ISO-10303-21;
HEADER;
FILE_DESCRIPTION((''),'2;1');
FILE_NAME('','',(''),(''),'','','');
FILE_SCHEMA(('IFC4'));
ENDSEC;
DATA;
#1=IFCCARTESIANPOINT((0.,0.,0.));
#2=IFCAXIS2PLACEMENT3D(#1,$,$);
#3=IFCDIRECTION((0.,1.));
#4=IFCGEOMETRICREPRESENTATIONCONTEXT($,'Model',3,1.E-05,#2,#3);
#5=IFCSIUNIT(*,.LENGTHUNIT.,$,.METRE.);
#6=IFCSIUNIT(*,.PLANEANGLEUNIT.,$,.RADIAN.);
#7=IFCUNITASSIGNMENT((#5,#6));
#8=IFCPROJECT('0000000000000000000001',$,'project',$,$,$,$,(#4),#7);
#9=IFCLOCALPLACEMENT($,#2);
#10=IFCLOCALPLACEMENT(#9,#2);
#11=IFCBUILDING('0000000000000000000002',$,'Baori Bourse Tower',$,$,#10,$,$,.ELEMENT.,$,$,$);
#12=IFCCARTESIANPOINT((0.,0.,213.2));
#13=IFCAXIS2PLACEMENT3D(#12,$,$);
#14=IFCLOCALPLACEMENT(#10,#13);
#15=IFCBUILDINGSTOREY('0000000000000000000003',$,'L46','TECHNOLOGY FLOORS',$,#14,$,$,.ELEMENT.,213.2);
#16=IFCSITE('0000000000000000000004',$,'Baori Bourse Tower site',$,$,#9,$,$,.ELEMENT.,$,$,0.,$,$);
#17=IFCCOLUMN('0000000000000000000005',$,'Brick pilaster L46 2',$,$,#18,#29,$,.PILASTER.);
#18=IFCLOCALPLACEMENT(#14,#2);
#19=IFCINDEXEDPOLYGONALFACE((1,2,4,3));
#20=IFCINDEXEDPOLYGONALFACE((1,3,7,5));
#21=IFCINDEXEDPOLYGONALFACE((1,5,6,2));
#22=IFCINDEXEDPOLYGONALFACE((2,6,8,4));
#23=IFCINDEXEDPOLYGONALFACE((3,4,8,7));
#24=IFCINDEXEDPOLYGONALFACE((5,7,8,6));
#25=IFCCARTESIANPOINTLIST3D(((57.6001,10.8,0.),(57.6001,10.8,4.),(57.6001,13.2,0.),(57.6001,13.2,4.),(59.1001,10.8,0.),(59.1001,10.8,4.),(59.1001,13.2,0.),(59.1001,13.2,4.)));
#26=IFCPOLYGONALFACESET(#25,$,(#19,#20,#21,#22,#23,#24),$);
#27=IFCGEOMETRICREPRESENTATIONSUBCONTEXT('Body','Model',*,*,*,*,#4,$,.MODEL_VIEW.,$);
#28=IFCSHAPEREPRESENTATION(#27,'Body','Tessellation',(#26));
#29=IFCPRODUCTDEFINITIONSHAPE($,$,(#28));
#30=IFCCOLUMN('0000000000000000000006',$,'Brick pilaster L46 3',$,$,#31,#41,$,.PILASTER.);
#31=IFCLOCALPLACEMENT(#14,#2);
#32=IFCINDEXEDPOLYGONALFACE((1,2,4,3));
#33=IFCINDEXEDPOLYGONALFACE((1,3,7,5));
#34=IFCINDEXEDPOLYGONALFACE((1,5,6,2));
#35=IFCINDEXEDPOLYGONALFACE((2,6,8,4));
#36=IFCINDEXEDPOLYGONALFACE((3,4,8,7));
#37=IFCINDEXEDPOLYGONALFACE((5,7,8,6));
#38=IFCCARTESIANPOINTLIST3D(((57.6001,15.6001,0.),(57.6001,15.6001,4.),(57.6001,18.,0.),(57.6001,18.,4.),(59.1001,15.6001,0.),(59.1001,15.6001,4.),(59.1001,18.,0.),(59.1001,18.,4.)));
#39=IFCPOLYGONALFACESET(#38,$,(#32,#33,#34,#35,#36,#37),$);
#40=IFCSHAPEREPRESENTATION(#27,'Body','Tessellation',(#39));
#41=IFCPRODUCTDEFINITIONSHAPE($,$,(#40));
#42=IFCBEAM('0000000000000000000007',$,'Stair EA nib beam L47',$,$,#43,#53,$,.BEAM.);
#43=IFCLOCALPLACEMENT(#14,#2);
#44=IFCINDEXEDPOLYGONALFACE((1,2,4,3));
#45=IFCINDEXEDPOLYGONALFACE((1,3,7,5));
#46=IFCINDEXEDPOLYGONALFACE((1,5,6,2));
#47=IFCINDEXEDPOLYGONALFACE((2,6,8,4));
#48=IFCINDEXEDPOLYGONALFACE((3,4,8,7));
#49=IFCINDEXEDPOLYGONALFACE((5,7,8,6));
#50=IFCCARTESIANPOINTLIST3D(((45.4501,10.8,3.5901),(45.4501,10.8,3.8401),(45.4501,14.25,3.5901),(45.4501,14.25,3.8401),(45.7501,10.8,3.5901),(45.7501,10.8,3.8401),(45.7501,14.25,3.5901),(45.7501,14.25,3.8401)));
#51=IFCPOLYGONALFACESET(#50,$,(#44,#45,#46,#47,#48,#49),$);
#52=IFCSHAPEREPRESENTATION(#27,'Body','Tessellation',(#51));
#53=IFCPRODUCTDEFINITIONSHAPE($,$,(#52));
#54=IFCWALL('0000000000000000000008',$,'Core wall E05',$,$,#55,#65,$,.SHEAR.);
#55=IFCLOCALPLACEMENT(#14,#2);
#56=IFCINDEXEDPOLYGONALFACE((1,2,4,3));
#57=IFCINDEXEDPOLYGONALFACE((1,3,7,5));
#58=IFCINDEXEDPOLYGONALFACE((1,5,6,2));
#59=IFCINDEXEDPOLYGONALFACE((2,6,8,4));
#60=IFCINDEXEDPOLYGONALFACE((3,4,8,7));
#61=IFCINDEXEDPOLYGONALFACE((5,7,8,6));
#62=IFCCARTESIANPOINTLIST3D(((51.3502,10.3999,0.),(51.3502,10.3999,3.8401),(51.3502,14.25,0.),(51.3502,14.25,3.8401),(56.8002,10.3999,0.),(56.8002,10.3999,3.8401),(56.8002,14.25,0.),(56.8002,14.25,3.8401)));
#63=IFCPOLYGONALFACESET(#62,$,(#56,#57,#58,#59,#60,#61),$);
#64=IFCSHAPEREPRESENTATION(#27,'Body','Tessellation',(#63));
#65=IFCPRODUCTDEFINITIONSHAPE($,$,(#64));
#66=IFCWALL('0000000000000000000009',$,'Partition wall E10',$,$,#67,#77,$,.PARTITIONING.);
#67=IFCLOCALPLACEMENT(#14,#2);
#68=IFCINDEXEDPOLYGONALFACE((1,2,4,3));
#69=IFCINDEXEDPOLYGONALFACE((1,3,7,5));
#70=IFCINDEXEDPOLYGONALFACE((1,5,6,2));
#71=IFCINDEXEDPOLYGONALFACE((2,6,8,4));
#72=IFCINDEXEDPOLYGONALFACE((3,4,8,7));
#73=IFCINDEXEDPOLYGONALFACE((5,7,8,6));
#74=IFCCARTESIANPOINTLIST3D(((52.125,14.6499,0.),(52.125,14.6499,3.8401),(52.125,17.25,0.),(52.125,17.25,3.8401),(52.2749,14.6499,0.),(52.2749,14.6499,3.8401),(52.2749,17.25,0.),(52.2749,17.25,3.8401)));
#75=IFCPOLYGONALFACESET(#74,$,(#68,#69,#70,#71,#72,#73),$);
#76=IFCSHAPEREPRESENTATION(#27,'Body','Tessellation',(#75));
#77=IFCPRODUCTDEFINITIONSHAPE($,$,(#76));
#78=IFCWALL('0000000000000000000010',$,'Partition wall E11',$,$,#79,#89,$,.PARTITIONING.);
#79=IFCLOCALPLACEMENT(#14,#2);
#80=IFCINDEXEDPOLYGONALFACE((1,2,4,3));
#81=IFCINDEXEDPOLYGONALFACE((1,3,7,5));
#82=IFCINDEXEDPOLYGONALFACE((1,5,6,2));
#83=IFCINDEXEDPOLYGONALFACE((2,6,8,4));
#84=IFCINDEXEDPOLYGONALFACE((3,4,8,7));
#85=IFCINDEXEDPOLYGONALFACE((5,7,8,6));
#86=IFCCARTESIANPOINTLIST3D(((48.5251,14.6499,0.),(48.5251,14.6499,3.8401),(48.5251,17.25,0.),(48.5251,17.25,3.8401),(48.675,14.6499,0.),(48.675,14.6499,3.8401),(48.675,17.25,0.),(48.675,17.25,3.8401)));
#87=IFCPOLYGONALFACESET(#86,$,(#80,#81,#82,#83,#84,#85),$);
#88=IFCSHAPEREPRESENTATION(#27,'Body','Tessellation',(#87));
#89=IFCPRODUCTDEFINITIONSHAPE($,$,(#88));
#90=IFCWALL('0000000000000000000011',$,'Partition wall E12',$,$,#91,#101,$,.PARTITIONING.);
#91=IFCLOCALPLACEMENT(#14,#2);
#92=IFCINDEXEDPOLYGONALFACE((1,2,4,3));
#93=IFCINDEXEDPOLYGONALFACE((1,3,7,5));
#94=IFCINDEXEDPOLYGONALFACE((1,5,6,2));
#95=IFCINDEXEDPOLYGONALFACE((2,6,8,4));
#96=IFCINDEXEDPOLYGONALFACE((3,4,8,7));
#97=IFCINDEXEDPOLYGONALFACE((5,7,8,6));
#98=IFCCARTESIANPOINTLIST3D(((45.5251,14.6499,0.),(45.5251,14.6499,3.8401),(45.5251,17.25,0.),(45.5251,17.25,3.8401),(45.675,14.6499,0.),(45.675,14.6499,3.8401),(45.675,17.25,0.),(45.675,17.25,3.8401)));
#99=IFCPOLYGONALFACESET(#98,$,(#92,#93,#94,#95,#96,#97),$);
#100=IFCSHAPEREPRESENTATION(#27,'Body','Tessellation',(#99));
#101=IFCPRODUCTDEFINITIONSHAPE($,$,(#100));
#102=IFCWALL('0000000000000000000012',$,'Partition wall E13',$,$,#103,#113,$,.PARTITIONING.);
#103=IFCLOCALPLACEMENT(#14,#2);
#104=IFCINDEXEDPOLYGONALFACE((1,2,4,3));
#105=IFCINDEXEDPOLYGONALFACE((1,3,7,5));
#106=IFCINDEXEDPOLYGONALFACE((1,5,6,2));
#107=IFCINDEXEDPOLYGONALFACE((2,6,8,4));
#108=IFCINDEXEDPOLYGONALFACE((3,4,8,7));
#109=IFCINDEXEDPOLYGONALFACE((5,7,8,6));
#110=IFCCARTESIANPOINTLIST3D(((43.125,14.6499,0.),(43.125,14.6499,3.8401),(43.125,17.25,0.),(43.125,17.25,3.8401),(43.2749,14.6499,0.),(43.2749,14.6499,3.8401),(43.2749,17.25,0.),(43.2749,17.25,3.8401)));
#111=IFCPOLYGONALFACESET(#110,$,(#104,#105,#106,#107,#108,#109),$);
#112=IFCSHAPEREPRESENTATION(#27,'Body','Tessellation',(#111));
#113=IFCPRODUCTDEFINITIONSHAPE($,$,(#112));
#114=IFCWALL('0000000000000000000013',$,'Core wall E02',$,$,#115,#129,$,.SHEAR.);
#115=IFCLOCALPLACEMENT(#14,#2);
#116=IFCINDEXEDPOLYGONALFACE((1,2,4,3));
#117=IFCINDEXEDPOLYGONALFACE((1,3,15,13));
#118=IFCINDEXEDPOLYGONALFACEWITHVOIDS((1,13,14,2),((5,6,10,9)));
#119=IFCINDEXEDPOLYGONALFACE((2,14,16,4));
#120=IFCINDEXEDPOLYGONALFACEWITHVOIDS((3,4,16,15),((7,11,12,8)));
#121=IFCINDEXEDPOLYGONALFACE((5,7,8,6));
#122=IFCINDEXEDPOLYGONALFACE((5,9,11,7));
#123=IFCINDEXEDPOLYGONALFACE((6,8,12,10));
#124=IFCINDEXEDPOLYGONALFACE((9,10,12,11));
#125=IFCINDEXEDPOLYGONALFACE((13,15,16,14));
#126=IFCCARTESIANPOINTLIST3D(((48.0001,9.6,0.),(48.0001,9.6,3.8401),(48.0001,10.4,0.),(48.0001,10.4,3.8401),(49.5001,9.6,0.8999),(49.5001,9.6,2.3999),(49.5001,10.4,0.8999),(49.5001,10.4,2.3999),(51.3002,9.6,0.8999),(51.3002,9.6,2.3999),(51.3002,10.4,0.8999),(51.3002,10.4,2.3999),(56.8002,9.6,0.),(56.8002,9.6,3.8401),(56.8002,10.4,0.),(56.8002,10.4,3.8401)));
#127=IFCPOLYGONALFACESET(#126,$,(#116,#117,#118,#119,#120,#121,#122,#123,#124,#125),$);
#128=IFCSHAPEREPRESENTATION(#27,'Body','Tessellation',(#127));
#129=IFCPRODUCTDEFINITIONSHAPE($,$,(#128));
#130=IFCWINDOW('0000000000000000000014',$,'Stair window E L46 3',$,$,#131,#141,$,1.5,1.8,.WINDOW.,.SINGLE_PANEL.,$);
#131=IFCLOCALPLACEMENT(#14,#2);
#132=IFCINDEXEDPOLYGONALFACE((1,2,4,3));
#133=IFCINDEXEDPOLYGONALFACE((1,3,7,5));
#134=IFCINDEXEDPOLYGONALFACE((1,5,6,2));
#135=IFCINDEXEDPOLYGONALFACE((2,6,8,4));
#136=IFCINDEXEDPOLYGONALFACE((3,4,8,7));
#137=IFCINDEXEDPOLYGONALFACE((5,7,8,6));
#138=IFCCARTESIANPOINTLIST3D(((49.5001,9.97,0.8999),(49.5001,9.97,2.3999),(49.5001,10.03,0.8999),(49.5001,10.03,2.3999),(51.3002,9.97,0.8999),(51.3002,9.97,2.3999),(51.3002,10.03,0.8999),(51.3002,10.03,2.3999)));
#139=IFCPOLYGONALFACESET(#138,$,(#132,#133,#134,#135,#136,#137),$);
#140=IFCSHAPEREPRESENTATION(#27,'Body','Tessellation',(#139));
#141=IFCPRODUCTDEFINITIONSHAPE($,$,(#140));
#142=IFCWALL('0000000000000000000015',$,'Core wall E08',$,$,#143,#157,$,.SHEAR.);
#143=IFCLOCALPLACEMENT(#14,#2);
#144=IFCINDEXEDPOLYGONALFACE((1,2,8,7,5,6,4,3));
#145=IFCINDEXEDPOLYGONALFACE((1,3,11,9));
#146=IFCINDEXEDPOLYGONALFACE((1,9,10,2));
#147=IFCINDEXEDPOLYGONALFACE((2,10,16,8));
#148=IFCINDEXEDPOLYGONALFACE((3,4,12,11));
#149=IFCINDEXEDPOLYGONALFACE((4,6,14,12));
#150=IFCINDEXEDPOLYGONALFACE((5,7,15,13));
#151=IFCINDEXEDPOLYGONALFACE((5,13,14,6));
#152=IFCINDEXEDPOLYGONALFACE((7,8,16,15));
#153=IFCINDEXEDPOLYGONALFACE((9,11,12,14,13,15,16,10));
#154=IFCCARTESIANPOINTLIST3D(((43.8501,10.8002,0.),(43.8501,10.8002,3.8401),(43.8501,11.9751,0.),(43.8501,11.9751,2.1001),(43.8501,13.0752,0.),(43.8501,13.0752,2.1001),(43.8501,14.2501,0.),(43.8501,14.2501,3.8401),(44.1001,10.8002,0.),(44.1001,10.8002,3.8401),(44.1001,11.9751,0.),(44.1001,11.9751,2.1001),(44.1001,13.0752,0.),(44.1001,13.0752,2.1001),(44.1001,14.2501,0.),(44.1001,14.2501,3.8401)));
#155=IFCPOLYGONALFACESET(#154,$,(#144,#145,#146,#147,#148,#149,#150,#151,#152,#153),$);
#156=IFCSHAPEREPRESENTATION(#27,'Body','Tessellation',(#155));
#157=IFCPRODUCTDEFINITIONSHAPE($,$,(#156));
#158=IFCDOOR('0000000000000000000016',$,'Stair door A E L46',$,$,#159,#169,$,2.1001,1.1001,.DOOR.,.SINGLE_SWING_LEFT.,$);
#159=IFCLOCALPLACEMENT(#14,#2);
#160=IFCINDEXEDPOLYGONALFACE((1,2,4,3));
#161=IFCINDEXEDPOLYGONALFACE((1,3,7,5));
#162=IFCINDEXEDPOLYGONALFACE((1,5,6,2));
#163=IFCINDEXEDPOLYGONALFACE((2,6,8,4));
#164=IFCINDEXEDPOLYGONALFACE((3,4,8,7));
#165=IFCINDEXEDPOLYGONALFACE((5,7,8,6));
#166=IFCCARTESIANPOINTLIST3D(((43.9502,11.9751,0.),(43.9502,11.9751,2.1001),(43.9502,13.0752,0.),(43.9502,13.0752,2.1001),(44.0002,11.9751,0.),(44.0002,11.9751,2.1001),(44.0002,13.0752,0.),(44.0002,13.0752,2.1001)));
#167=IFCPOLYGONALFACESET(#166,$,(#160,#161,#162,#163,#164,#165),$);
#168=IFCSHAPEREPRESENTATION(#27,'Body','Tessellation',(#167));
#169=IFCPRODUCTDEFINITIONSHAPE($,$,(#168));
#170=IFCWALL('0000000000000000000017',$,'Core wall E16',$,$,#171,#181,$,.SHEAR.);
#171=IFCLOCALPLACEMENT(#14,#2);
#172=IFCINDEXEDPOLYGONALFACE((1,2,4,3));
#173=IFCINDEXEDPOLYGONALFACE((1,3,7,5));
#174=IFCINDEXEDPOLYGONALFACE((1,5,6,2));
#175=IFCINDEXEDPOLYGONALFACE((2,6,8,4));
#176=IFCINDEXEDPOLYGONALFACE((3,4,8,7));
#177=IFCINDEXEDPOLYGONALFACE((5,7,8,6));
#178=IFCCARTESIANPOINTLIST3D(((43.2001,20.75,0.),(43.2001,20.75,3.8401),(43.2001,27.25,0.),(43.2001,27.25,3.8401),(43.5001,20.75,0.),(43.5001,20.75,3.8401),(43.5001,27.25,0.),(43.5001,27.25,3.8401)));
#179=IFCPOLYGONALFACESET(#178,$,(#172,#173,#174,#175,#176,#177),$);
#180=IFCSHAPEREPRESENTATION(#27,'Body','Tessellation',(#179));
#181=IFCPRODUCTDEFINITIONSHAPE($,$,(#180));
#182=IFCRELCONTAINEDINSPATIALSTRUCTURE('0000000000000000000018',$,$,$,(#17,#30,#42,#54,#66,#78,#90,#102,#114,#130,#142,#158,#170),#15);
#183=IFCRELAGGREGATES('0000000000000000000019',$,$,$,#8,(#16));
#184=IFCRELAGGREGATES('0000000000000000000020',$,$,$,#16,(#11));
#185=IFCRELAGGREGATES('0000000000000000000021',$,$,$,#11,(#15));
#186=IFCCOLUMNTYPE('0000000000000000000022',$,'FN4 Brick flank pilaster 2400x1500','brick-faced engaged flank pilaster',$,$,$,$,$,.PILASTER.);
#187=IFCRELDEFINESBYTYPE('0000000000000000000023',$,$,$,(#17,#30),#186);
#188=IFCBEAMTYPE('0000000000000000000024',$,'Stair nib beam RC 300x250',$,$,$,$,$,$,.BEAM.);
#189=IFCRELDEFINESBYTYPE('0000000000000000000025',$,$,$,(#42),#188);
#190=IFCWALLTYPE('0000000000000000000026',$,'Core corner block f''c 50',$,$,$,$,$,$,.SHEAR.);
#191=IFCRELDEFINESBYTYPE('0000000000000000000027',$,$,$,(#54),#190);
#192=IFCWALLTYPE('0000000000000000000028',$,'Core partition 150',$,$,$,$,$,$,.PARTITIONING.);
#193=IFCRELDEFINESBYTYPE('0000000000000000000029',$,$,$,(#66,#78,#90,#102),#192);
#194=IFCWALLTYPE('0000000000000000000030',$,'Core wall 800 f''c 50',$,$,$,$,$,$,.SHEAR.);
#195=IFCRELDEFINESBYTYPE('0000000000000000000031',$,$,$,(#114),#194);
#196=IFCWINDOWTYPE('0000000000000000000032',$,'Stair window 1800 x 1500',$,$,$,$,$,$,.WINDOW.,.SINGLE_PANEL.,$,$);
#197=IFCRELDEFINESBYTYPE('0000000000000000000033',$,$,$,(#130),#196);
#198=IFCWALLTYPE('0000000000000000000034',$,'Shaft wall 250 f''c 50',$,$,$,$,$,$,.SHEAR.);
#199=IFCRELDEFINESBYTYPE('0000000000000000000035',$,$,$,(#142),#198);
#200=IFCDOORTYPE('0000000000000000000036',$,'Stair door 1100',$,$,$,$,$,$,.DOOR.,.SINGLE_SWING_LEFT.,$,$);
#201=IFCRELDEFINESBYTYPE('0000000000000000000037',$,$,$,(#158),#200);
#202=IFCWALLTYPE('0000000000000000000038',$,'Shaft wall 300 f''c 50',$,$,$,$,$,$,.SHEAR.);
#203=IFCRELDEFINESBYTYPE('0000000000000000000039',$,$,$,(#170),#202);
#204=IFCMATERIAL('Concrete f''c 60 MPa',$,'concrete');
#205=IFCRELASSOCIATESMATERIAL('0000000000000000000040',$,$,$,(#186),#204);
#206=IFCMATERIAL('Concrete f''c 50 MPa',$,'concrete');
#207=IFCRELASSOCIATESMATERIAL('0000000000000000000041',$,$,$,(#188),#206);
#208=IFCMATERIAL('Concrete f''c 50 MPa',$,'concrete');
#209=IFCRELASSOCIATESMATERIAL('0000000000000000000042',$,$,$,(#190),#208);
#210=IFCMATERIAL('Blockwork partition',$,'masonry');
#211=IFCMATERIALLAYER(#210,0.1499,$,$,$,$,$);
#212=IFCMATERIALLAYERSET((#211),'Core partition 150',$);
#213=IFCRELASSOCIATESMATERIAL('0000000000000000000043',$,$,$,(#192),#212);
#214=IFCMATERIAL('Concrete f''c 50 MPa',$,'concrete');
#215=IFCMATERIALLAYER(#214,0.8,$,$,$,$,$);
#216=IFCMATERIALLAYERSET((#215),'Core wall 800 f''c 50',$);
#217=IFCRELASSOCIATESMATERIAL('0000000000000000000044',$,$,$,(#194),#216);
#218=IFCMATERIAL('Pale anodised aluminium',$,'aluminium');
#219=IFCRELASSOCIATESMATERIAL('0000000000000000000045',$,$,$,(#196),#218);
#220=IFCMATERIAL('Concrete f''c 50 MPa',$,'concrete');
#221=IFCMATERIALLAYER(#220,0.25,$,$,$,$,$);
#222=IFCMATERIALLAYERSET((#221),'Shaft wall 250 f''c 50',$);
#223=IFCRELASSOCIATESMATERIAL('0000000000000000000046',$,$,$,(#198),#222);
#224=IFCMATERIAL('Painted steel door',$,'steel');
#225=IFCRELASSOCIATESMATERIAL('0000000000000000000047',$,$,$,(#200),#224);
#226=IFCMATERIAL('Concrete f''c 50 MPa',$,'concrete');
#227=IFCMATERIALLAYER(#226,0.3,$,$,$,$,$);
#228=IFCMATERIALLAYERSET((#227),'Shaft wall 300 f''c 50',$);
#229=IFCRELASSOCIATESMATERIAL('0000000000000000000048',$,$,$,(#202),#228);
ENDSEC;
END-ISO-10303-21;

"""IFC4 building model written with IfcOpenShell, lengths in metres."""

from ifc_helpers import new_model, si_unit, direction, frame, frame_2d, origin, origin_2d, place, context, subcontext, project, spatial, rectangle, extrude, material, layer, layer_set, material_profile, profile_set, type_object, element, fill, save


model = new_model("IFC4")

# Units and contexts
model_context = context("Model", 3, precision=1e-05, world=origin(), true_north=direction((0.0, 1.0)))
body_context = subcontext(model_context, "Body", "Model", "MODEL_VIEW")
ifc_project = project(units=[si_unit("LENGTHUNIT", "METRE"), si_unit("PLANEANGLEUNIT", "RADIAN")], contexts=[model_context])

# Site, building, storey
site_placement = place(None, origin())
site = spatial("IfcSite", under=ifc_project, at=site_placement, Name="Baori Bourse Tower site", CompositionType="ELEMENT", RefElevation=0.0)
building_placement = place(site_placement, origin())
building = spatial("IfcBuilding", under=site, at=building_placement, Name="Baori Bourse Tower", CompositionType="ELEMENT")
storey_placement = place(building_placement, frame((0.0, 0.0, 213.2)))
storey = spatial("IfcBuildingStorey", under=building, at=storey_placement, Name="L46", Description="TECHNOLOGY FLOORS", CompositionType="ELEMENT", Elevation=213.2)

# Columns
ifc_material_1 = material(Name="Concrete f'c 60 MPa", Category="concrete")
ifc_material_profile_1 = material_profile(ifc_material_1, rectangle(XDim=2.3999, YDim=1.5, at=origin_2d()), Name="RC 2400x1500")
ifc_profile_set_1 = profile_set([ifc_material_profile_1], Name="Concrete f'c 60 MPa")
column_type = type_object("IfcColumnType", Name="FN4 Brick flank pilaster 2400x1500", Description="brick-faced engaged flank pilaster", PredefinedType="PILASTER", material=ifc_profile_set_1)
for number, where, z_axis, x_axis, name in (
    (1, (58.3501, 12.0, 0.0), (0.0, 0.0, 1.0), (0.0, 1.0, 0.0), "Brick pilaster L46 2"),
    (2, (58.3501, 16.8, 0.0), (0.0, 0.0, 1.0), (0.0, 1.0, 0.0), "Brick pilaster L46 3"),
):
    element("IfcColumn", number, at=place(storey_placement, frame(where, z_axis=z_axis, x_axis=x_axis)), inside=storey, type_object=column_type, Name=name, PredefinedType="PILASTER", context=body_context, shape_type="SweptSolid", body=[
        extrude(rectangle(XDim=2.3999, YDim=1.5, at=origin_2d()), origin(), (0.0, 0.0, 1.0), 4.0),
    ])

# Beam
ifc_material_2 = material(Name="Concrete f'c 50 MPa", Category="concrete")
ifc_material_profile_2 = material_profile(ifc_material_2, rectangle(XDim=0.3, YDim=0.25, at=origin_2d()), Name="RC 300x250")
ifc_profile_set_2 = profile_set([ifc_material_profile_2], Name="Concrete f'c 50 MPa")
beam_type = type_object("IfcBeamType", Name="Stair nib beam RC 300x250", PredefinedType="BEAM", material=ifc_profile_set_2)
beam_placement = place(storey_placement, frame((45.6001, 10.8, 3.7151), z_axis=(0.0, 1.0, 0.0), x_axis=(-1.0, 0.0, 0.0)))
element("IfcBeam", 3, at=beam_placement, inside=storey, type_object=beam_type, Name="Stair EA nib beam L47", PredefinedType="BEAM", context=body_context, shape_type="SweptSolid", body=[
    extrude(rectangle(XDim=0.3, YDim=0.25, at=origin_2d()), origin(), (0.0, 0.0, 1.0), 3.45),
])

# Walls
ifc_material_3 = material(Name="Concrete f'c 50 MPa", Category="concrete")
wall_type_1 = type_object("IfcWallType", Name="Core corner block f'c 50", PredefinedType="SHEAR", material=ifc_material_3)
wall_1_placement = place(storey_placement, frame((51.3501, 12.325, 0.0), z_axis=(0.0, 0.0, 1.0), x_axis=(1.0, 0.0, 0.0)))
element("IfcWall", 4, at=wall_1_placement, inside=storey, type_object=wall_type_1, Name="Core wall E05", PredefinedType="SHEAR", context=body_context, shape_type="SweptSolid", body=[
    extrude(rectangle(XDim=5.45, YDim=3.8501, at=frame_2d((2.7251, 0.0))), origin(), (0.0, 0.0, 1.0), 3.8401),
])
ifc_material_4 = material(Name="Blockwork partition", Category="masonry")
ifc_layer_1 = layer(ifc_material_4, 0.1499)
ifc_layer_set_1 = layer_set([ifc_layer_1], Name="Core partition 150")
wall_type_2 = type_object("IfcWallType", Name="Core partition 150", PredefinedType="PARTITIONING", material=ifc_layer_set_1)
for number, where, z_axis, x_axis, name in (
    (5, (52.2, 14.6499, 0.0), (0.0, 0.0, 1.0), (0.0, 1.0, 0.0), "Partition wall E10"),
    (6, (48.6001, 14.6499, 0.0), (0.0, 0.0, 1.0), (0.0, 1.0, 0.0), "Partition wall E11"),
    (7, (45.6001, 14.6499, 0.0), (0.0, 0.0, 1.0), (0.0, 1.0, 0.0), "Partition wall E12"),
    (8, (43.2, 14.6499, 0.0), (0.0, 0.0, 1.0), (0.0, 1.0, 0.0), "Partition wall E13"),
):
    element("IfcWall", number, at=place(storey_placement, frame(where, z_axis=z_axis, x_axis=x_axis)), inside=storey, type_object=wall_type_2, Name=name, PredefinedType="PARTITIONING", context=body_context, shape_type="SweptSolid", body=[
        extrude(rectangle(XDim=2.6001, YDim=0.1499, at=frame_2d((1.3, 0.0))), origin(), (0.0, 0.0, 1.0), 3.8401),
    ])

# Wall, opening, window
ifc_material_5 = material(Name="Concrete f'c 50 MPa", Category="concrete")
ifc_layer_2 = layer(ifc_material_5, 0.8)
ifc_layer_set_2 = layer_set([ifc_layer_2], Name="Core wall 800 f'c 50")
wall_type_3 = type_object("IfcWallType", Name="Core wall 800 f'c 50", PredefinedType="SHEAR", material=ifc_layer_set_2)
wall_2_placement = place(storey_placement, frame((56.8, 10.0, 0.0), z_axis=(0.0, 0.0, 1.0), x_axis=(-1.0, 0.0, 0.0)))
wall_2 = element("IfcWall", 9, at=wall_2_placement, inside=storey, type_object=wall_type_3, Name="Core wall E02", PredefinedType="SHEAR", context=body_context, shape_type="SweptSolid", body=[
    extrude(rectangle(XDim=8.8, YDim=0.8, at=frame_2d((4.3999, 0.0))), origin(), (0.0, 0.0, 1.0), 3.8401),
])
opening_1_placement = place(wall_2_placement, frame((5.5, 0.0, 0.8999)))
opening_1 = element("IfcOpeningElement", 10, at=opening_1_placement, cuts=wall_2, PredefinedType="OPENING", context=body_context, shape_type="SweptSolid", body=[
    extrude(rectangle(XDim=1.8, YDim=1.5, at=frame_2d((0.8999, 0.75))), frame((0.0, 0.4099, 0.0), z_axis=(0.0, -1.0, 0.0), x_axis=(1.0, 0.0, 0.0)), (0.0, 0.0, 1.0), 0.8201),
])
ifc_material_6 = material(Name="Pale anodised aluminium", Category="aluminium")
window_type = type_object("IfcWindowType", Name="Stair window 1800 x 1500", PartitioningType="SINGLE_PANEL", PredefinedType="WINDOW", material=ifc_material_6)
window_placement = place(opening_1_placement, origin())
window = element("IfcWindow", 11, at=window_placement, inside=storey, type_object=window_type, Name="Stair window E L46 3", OverallHeight=1.5, OverallWidth=1.8, PartitioningType="SINGLE_PANEL", PredefinedType="WINDOW", context=body_context, shape_type="SweptSolid", body=[
    extrude(rectangle(XDim=1.8, YDim=1.5, at=frame_2d((0.8999, 0.75))), frame((0.0, 0.03, 0.0), z_axis=(0.0, -1.0, 0.0), x_axis=(1.0, 0.0, 0.0)), (0.0, 0.0, 1.0), 0.0601),
])
fill(opening_1, window)

# Wall, opening, door
ifc_material_7 = material(Name="Concrete f'c 50 MPa", Category="concrete")
ifc_layer_3 = layer(ifc_material_7, 0.25)
ifc_layer_set_3 = layer_set([ifc_layer_3], Name="Shaft wall 250 f'c 50")
wall_type_4 = type_object("IfcWallType", Name="Shaft wall 250 f'c 50", PredefinedType="SHEAR", material=ifc_layer_set_3)
wall_3_placement = place(storey_placement, frame((43.9751, 10.8, 0.0), z_axis=(0.0, 0.0, 1.0), x_axis=(0.0, 1.0, 0.0)))
wall_3 = element("IfcWall", 12, at=wall_3_placement, inside=storey, type_object=wall_type_4, Name="Core wall E08", PredefinedType="SHEAR", context=body_context, shape_type="SweptSolid", body=[
    extrude(rectangle(XDim=3.45, YDim=0.25, at=frame_2d((1.7251, 0.0))), origin(), (0.0, 0.0, 1.0), 3.8401),
])
opening_2_placement = place(wall_3_placement, frame((1.175, 0.0, 0.0)))
opening_2 = element("IfcOpeningElement", 13, at=opening_2_placement, cuts=wall_3, PredefinedType="OPENING", context=body_context, shape_type="SweptSolid", body=[
    extrude(rectangle(XDim=1.1001, YDim=2.1001, at=frame_2d((0.55, 1.05))), frame((0.0, 0.135, 0.0), z_axis=(0.0, -1.0, 0.0), x_axis=(1.0, 0.0, 0.0)), (0.0, 0.0, 1.0), 0.27),
])
ifc_material_8 = material(Name="Painted steel door", Category="steel")
door_type_1 = type_object("IfcDoorType", Name="Stair door 1100", OperationType="SINGLE_SWING_LEFT", PredefinedType="DOOR", material=ifc_material_8)
door_1_placement = place(opening_2_placement, origin())
door_1 = element("IfcDoor", 14, at=door_1_placement, inside=storey, type_object=door_type_1, Name="Stair door A E L46", OperationType="SINGLE_SWING_LEFT", OverallHeight=2.1001, OverallWidth=1.1001, PredefinedType="DOOR", context=body_context, shape_type="SweptSolid", body=[
    extrude(rectangle(XDim=1.1001, YDim=2.1001, at=frame_2d((0.55, 1.05))), frame((0.0, 0.0249, 0.0), z_axis=(0.0, -1.0, 0.0), x_axis=(1.0, 0.0, 0.0)), (0.0, 0.0, 1.0), 0.05),
])
fill(opening_2, door_1)

# Wall
ifc_material_9 = material(Name="Concrete f'c 50 MPa", Category="concrete")
ifc_layer_4 = layer(ifc_material_9, 0.3)
ifc_layer_set_4 = layer_set([ifc_layer_4], Name="Shaft wall 300 f'c 50")
wall_type_5 = type_object("IfcWallType", Name="Shaft wall 300 f'c 50", PredefinedType="SHEAR", material=ifc_layer_set_4)
wall_4_placement = place(storey_placement, frame((43.3501, 20.75, 0.0), z_axis=(0.0, 0.0, 1.0), x_axis=(0.0, 1.0, 0.0)))
element("IfcWall", 15, at=wall_4_placement, inside=storey, type_object=wall_type_5, Name="Core wall E16", PredefinedType="SHEAR", context=body_context, shape_type="SweptSolid", body=[
    extrude(rectangle(XDim=6.5, YDim=0.3, at=frame_2d((3.25, 0.0))), origin(), (0.0, 0.0, 1.0), 3.8401),
])

save(model, "model.ifc")
